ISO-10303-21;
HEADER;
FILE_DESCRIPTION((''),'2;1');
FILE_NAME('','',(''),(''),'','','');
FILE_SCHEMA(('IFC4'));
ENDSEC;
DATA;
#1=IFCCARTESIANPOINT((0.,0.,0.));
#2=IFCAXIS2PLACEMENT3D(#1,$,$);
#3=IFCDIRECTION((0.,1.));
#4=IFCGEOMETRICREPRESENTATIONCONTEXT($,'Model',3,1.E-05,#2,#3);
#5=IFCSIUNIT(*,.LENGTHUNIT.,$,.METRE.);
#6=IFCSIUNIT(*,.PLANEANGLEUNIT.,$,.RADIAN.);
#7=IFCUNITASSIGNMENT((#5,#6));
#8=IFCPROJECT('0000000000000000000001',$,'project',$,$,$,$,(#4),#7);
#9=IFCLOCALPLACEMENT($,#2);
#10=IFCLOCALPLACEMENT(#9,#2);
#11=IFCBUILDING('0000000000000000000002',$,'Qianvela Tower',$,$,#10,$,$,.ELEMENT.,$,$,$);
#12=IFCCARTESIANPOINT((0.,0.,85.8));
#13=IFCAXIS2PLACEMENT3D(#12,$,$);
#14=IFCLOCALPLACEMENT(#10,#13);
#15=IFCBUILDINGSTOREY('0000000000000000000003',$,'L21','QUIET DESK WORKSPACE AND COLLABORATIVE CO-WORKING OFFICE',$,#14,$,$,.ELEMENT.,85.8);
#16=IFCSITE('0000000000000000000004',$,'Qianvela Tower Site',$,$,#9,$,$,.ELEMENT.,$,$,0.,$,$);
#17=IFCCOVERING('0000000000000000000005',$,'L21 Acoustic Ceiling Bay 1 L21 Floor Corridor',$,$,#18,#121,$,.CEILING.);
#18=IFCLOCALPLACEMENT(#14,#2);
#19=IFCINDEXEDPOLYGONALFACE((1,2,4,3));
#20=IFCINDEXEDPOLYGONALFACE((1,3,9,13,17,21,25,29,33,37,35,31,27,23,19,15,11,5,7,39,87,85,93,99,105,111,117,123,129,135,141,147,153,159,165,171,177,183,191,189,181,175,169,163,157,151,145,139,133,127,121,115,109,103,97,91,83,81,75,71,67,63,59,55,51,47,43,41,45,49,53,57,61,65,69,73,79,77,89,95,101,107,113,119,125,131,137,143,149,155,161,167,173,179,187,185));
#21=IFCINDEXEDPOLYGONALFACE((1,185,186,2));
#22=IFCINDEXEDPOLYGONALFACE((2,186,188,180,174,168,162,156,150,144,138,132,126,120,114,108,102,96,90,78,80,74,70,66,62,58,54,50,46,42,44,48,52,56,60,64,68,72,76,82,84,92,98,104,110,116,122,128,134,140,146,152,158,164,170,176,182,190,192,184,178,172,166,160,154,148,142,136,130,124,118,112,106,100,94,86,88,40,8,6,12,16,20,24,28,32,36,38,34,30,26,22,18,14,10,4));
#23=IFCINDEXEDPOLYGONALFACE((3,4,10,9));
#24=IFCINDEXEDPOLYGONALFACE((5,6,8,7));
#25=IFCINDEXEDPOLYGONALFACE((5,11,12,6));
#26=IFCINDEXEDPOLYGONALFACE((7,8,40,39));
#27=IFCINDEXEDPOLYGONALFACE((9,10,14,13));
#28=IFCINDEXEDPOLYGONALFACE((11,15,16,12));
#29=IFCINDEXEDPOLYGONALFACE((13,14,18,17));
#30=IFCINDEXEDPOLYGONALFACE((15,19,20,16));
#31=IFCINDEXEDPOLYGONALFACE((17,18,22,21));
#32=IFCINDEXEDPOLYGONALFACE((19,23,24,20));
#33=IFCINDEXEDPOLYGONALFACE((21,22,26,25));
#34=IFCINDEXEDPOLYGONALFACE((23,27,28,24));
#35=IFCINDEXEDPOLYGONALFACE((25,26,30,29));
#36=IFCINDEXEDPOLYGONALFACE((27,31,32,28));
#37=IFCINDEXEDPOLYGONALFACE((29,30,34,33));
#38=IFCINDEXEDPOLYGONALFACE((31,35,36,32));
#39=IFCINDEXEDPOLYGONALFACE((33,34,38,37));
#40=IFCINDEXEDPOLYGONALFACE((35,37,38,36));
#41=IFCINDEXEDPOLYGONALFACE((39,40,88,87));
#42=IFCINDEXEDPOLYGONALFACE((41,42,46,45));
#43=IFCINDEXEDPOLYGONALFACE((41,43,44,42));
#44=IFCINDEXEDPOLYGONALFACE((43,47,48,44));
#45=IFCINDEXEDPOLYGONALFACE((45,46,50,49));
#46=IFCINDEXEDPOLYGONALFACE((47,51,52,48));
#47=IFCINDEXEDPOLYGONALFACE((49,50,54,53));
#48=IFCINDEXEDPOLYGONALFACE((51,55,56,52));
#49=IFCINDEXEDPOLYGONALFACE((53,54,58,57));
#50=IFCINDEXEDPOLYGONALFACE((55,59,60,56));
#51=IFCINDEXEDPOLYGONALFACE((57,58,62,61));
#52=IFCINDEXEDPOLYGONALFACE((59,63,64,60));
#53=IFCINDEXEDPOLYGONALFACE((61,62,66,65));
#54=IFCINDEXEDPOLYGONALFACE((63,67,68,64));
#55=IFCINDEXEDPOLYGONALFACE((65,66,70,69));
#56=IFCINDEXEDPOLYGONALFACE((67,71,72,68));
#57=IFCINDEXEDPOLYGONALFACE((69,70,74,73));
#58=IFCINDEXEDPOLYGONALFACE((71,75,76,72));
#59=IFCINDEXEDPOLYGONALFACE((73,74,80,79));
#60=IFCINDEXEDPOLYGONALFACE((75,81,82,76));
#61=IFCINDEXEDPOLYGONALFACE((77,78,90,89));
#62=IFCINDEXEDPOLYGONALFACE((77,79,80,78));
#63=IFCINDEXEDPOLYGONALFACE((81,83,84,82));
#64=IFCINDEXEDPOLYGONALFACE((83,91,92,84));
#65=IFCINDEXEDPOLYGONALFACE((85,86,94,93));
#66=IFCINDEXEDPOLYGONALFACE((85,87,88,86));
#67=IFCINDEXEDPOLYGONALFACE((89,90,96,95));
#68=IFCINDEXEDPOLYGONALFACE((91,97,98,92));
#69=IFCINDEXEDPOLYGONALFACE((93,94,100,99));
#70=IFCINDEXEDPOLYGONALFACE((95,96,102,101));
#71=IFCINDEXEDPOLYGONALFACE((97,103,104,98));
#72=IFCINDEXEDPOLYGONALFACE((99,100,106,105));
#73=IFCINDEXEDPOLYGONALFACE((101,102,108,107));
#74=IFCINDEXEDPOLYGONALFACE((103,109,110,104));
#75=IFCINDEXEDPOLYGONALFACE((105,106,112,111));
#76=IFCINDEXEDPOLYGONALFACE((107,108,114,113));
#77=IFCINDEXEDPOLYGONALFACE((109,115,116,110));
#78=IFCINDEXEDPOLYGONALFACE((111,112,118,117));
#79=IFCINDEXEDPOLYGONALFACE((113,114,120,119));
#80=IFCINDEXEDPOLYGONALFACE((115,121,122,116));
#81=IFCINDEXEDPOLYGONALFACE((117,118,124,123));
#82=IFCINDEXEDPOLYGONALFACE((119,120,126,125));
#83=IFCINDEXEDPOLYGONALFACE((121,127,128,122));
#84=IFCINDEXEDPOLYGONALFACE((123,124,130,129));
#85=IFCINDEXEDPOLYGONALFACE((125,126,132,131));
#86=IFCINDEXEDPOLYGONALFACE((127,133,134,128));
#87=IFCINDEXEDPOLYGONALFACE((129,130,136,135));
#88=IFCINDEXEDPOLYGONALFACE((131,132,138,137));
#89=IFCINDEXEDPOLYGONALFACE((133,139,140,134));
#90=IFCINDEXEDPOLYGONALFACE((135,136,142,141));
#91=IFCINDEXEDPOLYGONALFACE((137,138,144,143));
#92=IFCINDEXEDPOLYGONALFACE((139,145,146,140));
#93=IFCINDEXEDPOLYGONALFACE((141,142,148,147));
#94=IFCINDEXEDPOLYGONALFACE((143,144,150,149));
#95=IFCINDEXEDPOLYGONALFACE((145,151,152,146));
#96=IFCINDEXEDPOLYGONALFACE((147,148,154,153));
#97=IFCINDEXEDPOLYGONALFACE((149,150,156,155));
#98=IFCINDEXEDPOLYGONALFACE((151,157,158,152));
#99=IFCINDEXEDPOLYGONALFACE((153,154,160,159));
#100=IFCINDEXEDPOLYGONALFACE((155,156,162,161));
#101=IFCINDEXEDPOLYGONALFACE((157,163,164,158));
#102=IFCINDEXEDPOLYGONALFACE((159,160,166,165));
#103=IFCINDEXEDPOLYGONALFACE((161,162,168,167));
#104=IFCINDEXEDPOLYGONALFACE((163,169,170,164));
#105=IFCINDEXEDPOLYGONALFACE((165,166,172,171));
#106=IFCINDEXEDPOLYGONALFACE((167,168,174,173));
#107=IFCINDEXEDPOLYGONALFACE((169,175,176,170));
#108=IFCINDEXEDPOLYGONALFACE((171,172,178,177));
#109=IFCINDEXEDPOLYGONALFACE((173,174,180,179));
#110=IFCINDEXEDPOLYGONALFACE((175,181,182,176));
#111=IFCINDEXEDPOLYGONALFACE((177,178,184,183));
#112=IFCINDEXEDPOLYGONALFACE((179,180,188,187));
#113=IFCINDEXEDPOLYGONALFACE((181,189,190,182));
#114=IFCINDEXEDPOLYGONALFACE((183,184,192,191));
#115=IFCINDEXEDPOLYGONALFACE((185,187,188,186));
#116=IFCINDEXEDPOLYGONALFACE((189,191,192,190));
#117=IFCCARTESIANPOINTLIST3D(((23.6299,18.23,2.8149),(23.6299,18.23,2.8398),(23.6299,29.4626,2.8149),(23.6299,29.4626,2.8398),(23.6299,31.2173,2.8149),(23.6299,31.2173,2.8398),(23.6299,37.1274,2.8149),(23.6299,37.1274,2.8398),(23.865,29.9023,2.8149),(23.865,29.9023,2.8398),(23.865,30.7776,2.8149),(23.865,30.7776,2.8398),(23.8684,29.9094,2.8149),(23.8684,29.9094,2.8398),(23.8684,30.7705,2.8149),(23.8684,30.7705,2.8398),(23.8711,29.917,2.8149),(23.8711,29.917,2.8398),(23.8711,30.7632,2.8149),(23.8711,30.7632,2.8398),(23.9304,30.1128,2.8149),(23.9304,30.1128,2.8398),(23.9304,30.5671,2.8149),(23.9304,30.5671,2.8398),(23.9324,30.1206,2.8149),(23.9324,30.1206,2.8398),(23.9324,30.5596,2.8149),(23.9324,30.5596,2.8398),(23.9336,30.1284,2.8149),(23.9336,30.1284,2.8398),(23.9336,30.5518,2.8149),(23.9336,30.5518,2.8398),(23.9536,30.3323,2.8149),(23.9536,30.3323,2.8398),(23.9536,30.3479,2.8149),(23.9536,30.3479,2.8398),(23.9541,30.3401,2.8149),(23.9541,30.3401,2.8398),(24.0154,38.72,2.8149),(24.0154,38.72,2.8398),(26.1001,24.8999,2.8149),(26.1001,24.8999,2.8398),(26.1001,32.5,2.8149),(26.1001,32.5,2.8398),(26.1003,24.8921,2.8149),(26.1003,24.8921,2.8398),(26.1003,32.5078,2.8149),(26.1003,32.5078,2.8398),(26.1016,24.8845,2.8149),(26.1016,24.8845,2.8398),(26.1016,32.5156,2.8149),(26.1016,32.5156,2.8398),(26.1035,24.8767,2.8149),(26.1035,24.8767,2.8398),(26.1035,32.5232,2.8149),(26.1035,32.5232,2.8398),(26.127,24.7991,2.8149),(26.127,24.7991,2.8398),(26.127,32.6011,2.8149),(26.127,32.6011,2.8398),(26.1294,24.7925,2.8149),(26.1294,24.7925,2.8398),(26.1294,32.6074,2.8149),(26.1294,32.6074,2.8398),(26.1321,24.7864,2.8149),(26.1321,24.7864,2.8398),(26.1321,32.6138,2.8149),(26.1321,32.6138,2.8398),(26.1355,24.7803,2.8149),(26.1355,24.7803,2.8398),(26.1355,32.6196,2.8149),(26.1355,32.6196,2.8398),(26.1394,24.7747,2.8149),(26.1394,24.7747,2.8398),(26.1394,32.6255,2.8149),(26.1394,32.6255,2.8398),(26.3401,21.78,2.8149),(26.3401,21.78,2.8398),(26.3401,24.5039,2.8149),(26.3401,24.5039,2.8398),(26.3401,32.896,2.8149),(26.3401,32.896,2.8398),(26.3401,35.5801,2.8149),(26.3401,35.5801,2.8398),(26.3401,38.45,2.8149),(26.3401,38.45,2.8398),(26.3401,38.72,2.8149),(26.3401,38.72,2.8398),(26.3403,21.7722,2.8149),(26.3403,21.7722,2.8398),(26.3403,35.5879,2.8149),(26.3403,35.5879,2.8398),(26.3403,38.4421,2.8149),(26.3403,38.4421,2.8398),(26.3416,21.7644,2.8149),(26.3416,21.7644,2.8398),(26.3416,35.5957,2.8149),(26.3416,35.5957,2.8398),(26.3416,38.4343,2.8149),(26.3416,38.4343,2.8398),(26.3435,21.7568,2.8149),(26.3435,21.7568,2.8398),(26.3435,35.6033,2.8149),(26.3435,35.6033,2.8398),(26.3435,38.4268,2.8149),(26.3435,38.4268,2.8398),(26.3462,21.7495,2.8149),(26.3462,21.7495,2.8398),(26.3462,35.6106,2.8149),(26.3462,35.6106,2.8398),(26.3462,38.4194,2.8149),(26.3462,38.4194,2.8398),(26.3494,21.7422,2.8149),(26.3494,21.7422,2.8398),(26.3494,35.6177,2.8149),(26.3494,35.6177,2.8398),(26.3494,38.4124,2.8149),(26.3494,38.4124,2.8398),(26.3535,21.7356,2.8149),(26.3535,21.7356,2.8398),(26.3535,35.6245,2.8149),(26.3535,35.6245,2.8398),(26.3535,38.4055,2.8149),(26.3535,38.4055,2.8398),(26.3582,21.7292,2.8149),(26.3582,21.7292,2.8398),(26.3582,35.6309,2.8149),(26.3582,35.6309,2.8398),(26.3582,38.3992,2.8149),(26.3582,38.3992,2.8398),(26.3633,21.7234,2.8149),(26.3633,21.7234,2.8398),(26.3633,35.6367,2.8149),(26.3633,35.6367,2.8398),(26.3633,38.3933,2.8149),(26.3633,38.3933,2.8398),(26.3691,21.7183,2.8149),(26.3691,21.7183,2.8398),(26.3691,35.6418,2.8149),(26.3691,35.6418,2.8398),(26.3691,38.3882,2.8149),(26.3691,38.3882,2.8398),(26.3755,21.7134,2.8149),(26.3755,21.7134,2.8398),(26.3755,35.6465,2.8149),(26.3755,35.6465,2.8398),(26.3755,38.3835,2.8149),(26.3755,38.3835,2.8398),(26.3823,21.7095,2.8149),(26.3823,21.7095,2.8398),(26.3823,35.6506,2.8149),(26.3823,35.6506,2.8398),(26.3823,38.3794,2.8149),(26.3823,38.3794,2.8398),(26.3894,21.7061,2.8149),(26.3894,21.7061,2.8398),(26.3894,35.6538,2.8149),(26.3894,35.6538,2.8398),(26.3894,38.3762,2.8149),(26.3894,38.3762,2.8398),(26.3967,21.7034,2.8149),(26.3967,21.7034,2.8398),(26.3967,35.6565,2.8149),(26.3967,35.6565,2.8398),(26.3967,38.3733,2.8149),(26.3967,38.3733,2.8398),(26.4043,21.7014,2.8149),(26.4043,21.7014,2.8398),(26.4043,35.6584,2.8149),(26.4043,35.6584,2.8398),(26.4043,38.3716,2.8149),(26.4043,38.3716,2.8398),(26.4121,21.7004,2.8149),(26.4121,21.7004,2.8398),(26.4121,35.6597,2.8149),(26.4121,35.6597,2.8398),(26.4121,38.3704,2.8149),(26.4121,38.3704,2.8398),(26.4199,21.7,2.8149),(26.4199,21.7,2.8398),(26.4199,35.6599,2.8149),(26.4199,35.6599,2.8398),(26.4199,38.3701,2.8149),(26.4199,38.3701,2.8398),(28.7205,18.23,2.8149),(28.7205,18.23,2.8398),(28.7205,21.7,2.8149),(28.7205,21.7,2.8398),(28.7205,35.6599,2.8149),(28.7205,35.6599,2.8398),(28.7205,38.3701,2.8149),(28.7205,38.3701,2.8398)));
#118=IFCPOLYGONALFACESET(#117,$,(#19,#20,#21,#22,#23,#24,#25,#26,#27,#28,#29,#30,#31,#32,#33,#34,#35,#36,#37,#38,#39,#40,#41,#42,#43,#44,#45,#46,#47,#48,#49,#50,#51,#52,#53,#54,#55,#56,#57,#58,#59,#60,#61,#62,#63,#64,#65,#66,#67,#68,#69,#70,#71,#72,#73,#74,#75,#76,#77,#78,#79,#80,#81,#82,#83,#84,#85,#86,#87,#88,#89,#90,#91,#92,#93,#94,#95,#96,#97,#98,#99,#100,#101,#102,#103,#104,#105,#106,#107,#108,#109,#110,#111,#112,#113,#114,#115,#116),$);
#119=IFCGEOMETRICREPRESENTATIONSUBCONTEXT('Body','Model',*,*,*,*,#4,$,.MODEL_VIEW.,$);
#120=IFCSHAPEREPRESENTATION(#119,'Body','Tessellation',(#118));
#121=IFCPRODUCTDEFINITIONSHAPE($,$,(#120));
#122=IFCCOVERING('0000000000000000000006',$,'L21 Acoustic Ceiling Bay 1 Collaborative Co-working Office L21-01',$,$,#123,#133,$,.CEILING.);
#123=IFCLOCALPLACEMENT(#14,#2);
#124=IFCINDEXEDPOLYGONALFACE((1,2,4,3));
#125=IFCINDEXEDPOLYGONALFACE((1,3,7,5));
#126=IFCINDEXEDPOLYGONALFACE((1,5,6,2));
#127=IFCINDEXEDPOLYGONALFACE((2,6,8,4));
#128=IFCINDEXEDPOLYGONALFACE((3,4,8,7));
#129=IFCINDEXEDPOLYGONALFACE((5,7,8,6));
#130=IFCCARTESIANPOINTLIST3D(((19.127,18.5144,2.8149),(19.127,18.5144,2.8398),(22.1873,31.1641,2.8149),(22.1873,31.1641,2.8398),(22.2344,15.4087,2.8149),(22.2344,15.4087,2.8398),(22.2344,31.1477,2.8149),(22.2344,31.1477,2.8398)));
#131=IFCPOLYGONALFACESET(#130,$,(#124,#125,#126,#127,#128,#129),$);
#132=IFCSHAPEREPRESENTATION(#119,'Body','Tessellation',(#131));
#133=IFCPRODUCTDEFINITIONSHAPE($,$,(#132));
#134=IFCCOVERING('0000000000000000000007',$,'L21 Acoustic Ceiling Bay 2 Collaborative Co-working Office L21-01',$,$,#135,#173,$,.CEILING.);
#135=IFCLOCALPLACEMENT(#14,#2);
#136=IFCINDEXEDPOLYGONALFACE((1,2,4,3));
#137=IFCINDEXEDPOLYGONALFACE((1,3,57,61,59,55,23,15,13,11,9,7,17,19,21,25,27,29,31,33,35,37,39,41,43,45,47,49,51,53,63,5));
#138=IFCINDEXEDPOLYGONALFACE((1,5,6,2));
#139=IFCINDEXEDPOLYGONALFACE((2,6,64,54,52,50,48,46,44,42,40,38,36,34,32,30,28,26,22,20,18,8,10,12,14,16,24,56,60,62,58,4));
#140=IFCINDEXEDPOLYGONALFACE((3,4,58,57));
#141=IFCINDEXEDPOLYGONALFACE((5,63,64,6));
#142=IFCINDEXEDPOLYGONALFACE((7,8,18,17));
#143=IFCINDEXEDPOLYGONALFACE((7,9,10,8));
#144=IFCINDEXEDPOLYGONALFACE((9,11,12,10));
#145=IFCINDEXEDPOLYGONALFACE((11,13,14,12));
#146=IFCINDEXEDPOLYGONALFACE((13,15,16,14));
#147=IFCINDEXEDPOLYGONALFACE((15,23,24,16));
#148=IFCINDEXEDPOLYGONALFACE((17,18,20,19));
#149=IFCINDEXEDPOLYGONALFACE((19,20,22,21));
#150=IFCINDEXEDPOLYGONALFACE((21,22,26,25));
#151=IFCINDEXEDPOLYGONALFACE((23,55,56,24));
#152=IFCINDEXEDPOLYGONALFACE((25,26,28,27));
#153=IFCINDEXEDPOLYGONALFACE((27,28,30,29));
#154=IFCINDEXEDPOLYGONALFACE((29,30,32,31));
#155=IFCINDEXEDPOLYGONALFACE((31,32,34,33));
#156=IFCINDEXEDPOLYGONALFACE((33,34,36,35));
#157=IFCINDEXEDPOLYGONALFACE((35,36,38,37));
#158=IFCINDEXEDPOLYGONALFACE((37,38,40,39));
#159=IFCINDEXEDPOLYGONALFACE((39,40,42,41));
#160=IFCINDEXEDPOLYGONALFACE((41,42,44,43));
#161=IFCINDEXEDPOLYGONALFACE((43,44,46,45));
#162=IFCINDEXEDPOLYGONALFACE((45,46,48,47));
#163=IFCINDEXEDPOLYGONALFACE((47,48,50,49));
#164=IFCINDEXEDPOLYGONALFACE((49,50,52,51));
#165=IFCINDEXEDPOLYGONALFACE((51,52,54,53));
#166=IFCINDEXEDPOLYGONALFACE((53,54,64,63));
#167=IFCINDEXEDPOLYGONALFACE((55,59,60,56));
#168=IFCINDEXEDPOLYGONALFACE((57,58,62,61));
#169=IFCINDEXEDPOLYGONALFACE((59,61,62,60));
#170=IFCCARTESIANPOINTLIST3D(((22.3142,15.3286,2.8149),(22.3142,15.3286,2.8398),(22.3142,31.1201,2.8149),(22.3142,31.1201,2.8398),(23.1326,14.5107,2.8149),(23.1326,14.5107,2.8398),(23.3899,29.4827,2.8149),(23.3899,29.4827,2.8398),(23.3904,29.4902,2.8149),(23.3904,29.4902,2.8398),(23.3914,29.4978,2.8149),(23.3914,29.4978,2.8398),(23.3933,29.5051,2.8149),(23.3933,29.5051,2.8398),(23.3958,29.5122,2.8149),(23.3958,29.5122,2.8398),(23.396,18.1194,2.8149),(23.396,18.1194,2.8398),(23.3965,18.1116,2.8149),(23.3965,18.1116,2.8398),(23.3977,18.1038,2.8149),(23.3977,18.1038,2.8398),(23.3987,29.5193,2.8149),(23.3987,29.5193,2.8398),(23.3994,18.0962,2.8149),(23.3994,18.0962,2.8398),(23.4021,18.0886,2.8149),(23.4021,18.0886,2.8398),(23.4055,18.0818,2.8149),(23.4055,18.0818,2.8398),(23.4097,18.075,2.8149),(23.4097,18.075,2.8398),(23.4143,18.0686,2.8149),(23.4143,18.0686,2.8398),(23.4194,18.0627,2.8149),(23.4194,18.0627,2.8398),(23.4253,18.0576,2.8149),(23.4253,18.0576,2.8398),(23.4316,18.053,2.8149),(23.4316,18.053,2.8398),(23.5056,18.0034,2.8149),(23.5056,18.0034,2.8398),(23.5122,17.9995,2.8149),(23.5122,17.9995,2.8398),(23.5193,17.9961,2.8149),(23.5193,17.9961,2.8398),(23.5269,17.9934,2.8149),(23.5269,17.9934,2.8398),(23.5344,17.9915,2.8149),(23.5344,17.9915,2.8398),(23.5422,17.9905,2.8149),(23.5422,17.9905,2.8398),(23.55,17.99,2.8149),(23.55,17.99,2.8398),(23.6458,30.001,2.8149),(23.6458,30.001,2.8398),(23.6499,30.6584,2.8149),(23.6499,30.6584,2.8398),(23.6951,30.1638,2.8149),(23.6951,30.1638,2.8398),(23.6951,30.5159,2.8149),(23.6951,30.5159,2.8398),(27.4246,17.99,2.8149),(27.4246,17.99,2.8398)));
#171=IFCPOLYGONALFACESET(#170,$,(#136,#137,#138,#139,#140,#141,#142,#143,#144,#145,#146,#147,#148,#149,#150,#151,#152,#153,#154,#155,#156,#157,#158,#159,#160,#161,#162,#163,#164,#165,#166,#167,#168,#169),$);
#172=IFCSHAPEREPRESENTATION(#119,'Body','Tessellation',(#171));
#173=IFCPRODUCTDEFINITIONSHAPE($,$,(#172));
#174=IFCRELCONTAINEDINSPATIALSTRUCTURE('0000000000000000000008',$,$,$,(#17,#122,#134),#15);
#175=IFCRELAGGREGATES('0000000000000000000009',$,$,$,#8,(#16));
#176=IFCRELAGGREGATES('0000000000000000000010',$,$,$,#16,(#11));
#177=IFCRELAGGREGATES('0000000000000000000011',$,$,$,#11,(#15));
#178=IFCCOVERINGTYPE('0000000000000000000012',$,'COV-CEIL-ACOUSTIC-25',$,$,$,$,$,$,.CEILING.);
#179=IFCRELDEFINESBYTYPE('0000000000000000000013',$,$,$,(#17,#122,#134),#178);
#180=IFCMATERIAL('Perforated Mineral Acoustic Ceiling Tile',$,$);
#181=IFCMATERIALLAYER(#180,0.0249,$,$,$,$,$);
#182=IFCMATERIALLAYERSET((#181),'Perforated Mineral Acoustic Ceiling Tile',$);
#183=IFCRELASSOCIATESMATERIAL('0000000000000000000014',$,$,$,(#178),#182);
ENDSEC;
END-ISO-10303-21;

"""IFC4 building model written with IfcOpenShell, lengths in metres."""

from ifc_helpers import new_model, si_unit, direction, frame, origin, place, context, subcontext, project, spatial, polyline, outline, extrude, material, layer, layer_set, type_object, element, save


model = new_model("IFC4")

# Units and contexts
model_context = context("Model", 3, precision=1e-05, world=origin(), true_north=direction((0.0, 1.0)))
body_context = subcontext(model_context, "Body", "Model", "MODEL_VIEW")
ifc_project = project(units=[si_unit("LENGTHUNIT", "METRE"), si_unit("PLANEANGLEUNIT", "RADIAN")], contexts=[model_context])

# Site, building, storey
site_placement = place(None, origin())
site = spatial("IfcSite", under=ifc_project, at=site_placement, Name="Qianvela Tower Site", CompositionType="ELEMENT", RefElevation=0.0)
building_placement = place(site_placement, origin())
building = spatial("IfcBuilding", under=site, at=building_placement, Name="Qianvela Tower", CompositionType="ELEMENT")
storey_placement = place(building_placement, frame((0.0, 0.0, 85.8)))
storey = spatial("IfcBuildingStorey", under=building, at=storey_placement, Name="L21", Description="QUIET DESK WORKSPACE AND COLLABORATIVE CO-WORKING OFFICE", CompositionType="ELEMENT", Elevation=85.8)

# Coverings
ifc_material_1 = material(Name="Perforated Mineral Acoustic Ceiling Tile")
ifc_layer_1 = layer(ifc_material_1, 0.0249)
ifc_layer_set_1 = layer_set([ifc_layer_1], Name="Perforated Mineral Acoustic Ceiling Tile")
covering_type_1 = type_object("IfcCoveringType", Name="COV-CEIL-ACOUSTIC-25", PredefinedType="CEILING", material=ifc_layer_set_1)
covering_1_placement = place(storey_placement, frame((0.0, 0.0, 2.8149)))
element("IfcCovering", 1, at=covering_1_placement, inside=storey, type_object=covering_type_1, Name="L21 Acoustic Ceiling Bay 1 L21 Floor Corridor", PredefinedType="CEILING", context=body_context, shape_type="SweptSolid", body=[
    extrude(outline(polyline([(23.8684, 30.7705), (23.865, 30.7776), (23.6299, 31.2173), (23.6299, 37.1274), (24.0154, 38.72), (26.3401, 38.72), (26.3401, 38.45), (26.3403, 38.4421), (26.3416, 38.4343), (26.3435, 38.4268), (26.3462, 38.4194), (26.3494, 38.4124), (26.3535, 38.4055), (26.3582, 38.3992), (26.3633, 38.3933), (26.3691, 38.3882), (26.3755, 38.3835), (26.3823, 38.3794), (26.3894, 38.3762), (26.3967, 38.3733), (26.4043, 38.3716), (26.4121, 38.3704), (26.4199, 38.3701), (28.7205, 38.3701), (28.7205, 35.6599), (26.4199, 35.6599), (26.4121, 35.6597), (26.4043, 35.6584), (26.3967, 35.6565), (26.3894, 35.6538), (26.3823, 35.6506), (26.3755, 35.6465), (26.3691, 35.6418), (26.3633, 35.6367), (26.3582, 35.6309), (26.3535, 35.6245), (26.3494, 35.6177), (26.3462, 35.6106), (26.3435, 35.6033), (26.3416, 35.5957), (26.3403, 35.5879), (26.3401, 35.5801), (26.3401, 32.896), (26.1394, 32.6255), (26.1355, 32.6196), (26.1321, 32.6138), (26.1294, 32.6074), (26.127, 32.6011), (26.1035, 32.5232), (26.1016, 32.5156), (26.1003, 32.5078), (26.1001, 32.5), (26.1001, 24.8999), (26.1003, 24.8921), (26.1016, 24.8845), (26.1035, 24.8767), (26.127, 24.7991), (26.1294, 24.7925), (26.1321, 24.7864), (26.1355, 24.7803), (26.1394, 24.7747), (26.3401, 24.5039), (26.3401, 21.78), (26.3403, 21.7722), (26.3416, 21.7644), (26.3435, 21.7568), (26.3462, 21.7495), (26.3494, 21.7422), (26.3535, 21.7356), (26.3582, 21.7292), (26.3633, 21.7234), (26.3691, 21.7183), (26.3755, 21.7134), (26.3823, 21.7095), (26.3894, 21.7061), (26.3967, 21.7034), (26.4043, 21.7014), (26.4121, 21.7004), (26.4199, 21.7), (28.7205, 21.7), (28.7205, 18.23), (23.6299, 18.23), (23.6299, 29.4626), (23.865, 29.9023), (23.8684, 29.9094), (23.8711, 29.917), (23.9304, 30.1128), (23.9324, 30.1206), (23.9336, 30.1284), (23.9536, 30.3323), (23.9541, 30.3401), (23.9536, 30.3479), (23.9336, 30.5518), (23.9324, 30.5596), (23.9304, 30.5671), (23.8711, 30.7632), (23.8684, 30.7705)])), origin(), (0.0, 0.0, 1.0), 0.0249),
])
covering_2_placement = place(storey_placement, frame((0.0, 0.0, 2.8149)))
element("IfcCovering", 2, at=covering_2_placement, inside=storey, type_object=covering_type_1, Name="L21 Acoustic Ceiling Bay 1 Collaborative Co-working Office L21-01", PredefinedType="CEILING", context=body_context, shape_type="SweptSolid", body=[
    extrude(outline(polyline([(22.2344, 31.1477), (22.2344, 15.4087), (19.127, 18.5144), (22.1873, 31.1641), (22.2344, 31.1477)])), origin(), (0.0, 0.0, 1.0), 0.0249),
])
covering_3_placement = place(storey_placement, frame((0.0, 0.0, 2.8149)))
element("IfcCovering", 3, at=covering_3_placement, inside=storey, type_object=covering_type_1, Name="L21 Acoustic Ceiling Bay 2 Collaborative Co-working Office L21-01", PredefinedType="CEILING", context=body_context, shape_type="SweptSolid", body=[
    extrude(outline(polyline([(23.6499, 30.6584), (23.6951, 30.5159), (23.6951, 30.1638), (23.6458, 30.001), (23.3987, 29.5193), (23.3958, 29.5122), (23.3933, 29.5051), (23.3914, 29.4978), (23.3904, 29.4902), (23.3899, 29.4827), (23.396, 18.1194), (23.3965, 18.1116), (23.3977, 18.1038), (23.3994, 18.0962), (23.4021, 18.0886), (23.4055, 18.0818), (23.4097, 18.075), (23.4143, 18.0686), (23.4194, 18.0627), (23.4253, 18.0576), (23.4316, 18.053), (23.5056, 18.0034), (23.5122, 17.9995), (23.5193, 17.9961), (23.5269, 17.9934), (23.5344, 17.9915), (23.5422, 17.9905), (23.55, 17.99), (27.4246, 17.99), (23.1326, 14.5107), (22.3142, 15.3286), (22.3142, 31.1201), (23.6499, 30.6584)])), origin(), (0.0, 0.0, 1.0), 0.0249),
])

save(model, "model.ifc")
